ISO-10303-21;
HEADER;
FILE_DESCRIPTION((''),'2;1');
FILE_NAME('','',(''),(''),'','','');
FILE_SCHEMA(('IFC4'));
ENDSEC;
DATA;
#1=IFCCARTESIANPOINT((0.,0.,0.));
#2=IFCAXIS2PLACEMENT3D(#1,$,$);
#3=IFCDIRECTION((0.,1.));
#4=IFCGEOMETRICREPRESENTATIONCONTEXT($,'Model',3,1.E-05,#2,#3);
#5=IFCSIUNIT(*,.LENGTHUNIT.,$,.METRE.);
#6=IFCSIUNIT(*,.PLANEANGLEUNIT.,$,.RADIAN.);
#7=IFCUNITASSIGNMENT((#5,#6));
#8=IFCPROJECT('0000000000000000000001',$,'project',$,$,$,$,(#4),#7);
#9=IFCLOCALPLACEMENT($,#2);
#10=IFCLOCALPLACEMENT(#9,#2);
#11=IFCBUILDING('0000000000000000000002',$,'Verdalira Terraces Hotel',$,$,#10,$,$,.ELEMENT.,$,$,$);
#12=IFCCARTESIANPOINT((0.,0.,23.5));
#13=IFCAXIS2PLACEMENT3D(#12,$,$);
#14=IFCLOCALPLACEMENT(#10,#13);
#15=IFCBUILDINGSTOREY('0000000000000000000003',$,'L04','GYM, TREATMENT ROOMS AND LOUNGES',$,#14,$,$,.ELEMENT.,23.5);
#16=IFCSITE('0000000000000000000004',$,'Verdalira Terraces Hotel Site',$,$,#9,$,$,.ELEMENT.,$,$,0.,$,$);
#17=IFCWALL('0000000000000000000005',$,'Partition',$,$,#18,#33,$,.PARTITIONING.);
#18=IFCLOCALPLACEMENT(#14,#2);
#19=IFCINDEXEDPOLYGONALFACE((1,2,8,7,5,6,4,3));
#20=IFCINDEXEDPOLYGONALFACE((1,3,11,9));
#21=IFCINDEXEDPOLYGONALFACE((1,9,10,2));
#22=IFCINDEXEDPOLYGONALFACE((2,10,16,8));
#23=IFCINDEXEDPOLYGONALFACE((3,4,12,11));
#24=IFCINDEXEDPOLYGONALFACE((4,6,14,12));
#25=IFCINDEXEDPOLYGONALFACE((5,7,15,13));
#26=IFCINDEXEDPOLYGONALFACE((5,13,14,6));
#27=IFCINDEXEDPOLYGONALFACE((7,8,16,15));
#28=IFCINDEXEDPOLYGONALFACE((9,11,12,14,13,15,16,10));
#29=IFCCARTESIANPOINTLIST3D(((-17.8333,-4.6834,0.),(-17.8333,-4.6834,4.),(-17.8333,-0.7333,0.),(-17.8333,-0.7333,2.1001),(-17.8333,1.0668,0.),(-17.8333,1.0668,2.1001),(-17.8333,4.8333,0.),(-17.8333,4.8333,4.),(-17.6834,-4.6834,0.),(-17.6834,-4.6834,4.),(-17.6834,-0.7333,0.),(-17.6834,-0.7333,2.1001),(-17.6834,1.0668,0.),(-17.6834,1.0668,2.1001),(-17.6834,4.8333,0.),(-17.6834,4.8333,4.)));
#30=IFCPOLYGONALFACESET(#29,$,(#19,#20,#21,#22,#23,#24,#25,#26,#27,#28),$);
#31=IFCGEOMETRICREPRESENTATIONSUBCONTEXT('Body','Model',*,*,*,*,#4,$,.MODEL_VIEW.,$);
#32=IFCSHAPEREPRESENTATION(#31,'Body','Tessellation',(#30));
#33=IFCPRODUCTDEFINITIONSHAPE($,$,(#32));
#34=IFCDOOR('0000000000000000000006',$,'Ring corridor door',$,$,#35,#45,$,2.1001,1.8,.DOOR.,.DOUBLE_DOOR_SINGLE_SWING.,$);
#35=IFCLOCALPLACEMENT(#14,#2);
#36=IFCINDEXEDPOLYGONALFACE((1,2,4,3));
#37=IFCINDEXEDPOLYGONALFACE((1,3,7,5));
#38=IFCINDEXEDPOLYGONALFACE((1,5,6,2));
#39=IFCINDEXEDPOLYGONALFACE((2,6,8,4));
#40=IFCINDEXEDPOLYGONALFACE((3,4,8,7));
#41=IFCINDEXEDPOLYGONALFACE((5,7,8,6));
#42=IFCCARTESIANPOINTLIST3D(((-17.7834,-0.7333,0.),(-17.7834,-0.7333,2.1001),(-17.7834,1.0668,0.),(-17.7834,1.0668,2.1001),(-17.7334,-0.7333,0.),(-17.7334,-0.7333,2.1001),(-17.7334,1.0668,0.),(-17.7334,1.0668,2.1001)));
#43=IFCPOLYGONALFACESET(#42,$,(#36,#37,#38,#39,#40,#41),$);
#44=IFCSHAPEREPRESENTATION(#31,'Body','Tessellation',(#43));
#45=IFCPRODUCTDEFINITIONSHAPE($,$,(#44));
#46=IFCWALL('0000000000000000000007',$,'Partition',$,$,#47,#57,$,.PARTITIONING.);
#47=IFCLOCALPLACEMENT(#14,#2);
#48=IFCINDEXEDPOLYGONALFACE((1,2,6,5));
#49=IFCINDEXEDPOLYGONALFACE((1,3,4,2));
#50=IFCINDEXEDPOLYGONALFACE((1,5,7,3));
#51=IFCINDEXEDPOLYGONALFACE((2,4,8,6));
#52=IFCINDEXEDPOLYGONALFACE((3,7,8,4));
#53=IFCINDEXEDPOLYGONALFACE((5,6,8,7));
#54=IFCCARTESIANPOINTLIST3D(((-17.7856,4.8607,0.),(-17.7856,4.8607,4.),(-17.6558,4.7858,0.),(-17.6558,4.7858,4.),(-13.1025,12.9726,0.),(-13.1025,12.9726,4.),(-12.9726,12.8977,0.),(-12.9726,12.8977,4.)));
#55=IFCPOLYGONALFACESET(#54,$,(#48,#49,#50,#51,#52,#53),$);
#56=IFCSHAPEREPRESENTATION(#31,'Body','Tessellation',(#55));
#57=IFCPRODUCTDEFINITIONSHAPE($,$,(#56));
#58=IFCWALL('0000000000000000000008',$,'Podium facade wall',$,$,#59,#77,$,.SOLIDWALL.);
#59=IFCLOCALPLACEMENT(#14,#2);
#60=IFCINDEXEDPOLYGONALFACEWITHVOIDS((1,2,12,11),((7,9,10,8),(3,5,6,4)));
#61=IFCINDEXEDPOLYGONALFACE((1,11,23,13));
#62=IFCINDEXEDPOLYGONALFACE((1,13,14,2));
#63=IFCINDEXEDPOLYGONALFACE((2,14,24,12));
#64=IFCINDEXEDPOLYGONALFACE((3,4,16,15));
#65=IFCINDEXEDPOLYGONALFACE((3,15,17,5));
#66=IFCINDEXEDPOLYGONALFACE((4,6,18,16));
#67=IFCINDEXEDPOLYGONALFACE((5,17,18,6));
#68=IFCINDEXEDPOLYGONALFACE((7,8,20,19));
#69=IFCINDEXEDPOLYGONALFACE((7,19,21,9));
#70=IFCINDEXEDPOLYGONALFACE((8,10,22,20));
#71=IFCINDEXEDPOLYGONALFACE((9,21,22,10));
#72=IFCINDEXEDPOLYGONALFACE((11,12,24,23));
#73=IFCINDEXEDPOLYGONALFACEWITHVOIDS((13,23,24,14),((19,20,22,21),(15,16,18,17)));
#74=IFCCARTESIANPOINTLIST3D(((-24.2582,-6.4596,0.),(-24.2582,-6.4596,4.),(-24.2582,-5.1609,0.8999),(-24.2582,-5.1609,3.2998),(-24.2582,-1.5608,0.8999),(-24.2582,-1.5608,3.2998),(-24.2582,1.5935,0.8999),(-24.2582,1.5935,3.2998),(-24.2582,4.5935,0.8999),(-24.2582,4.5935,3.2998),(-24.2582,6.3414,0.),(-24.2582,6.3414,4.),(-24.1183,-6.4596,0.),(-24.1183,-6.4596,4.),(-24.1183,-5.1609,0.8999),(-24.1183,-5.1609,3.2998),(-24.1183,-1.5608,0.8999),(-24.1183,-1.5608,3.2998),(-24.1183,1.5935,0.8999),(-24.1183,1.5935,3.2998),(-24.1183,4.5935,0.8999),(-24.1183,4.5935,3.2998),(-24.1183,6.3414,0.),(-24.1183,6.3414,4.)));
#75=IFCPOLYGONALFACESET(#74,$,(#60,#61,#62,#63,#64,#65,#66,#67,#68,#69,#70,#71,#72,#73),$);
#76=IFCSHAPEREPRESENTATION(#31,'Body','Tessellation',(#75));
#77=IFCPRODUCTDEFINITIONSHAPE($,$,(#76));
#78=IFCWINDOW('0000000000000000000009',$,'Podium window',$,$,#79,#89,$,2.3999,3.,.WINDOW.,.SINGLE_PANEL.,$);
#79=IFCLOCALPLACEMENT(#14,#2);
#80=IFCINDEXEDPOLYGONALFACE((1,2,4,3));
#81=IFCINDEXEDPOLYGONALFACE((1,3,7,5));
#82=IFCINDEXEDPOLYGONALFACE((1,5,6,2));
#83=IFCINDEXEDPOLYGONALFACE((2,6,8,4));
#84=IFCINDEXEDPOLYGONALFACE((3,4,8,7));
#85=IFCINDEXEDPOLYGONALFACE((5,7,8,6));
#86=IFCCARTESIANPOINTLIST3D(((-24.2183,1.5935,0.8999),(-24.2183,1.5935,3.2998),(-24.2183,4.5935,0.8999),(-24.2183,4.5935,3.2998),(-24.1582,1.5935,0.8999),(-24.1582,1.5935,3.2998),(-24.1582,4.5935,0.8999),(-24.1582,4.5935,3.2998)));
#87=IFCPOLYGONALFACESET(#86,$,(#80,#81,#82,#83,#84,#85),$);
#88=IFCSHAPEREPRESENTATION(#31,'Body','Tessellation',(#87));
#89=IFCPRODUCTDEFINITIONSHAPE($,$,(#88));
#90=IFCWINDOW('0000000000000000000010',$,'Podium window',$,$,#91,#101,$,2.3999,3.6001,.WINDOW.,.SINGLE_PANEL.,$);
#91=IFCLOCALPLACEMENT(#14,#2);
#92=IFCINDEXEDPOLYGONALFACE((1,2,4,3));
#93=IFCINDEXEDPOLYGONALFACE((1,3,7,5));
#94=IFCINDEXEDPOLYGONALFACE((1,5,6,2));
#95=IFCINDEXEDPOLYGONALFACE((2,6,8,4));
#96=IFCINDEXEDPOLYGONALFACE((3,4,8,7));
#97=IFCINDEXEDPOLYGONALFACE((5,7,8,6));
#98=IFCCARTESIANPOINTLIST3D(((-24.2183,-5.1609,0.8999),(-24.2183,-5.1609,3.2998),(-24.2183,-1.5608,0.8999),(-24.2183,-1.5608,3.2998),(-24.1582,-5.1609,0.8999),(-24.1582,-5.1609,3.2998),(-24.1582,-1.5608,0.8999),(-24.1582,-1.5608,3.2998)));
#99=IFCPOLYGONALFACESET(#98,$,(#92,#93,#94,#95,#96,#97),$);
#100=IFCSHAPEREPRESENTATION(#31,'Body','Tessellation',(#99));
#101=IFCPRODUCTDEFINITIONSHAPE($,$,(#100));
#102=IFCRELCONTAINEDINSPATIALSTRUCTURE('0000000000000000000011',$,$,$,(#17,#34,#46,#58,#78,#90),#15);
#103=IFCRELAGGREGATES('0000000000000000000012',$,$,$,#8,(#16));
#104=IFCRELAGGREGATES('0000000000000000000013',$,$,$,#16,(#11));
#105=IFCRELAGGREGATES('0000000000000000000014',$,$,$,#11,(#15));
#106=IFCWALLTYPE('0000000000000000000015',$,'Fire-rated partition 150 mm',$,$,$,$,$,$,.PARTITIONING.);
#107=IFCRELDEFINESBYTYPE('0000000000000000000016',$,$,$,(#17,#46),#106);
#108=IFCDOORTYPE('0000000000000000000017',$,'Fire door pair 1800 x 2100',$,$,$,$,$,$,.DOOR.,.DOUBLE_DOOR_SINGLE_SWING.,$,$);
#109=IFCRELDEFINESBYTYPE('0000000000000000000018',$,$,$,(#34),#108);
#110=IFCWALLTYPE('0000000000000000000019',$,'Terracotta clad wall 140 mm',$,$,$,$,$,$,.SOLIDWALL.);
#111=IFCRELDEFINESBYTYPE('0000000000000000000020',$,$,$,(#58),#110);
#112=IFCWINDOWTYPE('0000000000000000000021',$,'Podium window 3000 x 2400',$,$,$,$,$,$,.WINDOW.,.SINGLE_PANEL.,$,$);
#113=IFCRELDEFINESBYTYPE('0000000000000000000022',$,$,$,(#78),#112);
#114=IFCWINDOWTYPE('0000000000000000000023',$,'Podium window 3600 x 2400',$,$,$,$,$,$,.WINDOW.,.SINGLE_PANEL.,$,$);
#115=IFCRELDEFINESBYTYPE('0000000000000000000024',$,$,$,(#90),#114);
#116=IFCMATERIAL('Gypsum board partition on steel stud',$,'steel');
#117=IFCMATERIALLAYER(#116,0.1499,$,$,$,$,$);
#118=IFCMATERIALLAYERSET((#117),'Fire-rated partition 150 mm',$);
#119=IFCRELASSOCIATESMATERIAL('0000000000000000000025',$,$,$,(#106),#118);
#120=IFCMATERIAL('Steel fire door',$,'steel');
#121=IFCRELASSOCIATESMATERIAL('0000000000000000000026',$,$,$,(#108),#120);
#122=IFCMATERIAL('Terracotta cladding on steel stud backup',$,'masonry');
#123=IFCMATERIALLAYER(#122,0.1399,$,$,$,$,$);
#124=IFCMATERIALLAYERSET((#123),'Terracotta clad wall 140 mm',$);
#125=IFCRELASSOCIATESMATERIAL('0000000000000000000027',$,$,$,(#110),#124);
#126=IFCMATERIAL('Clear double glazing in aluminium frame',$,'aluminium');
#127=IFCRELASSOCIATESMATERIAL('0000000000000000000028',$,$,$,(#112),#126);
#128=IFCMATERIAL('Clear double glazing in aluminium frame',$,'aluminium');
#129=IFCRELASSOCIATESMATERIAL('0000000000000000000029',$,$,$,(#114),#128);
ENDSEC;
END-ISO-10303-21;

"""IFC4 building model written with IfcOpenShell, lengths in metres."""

from ifc_helpers import new_model, si_unit, direction, frame, frame_2d, origin, place, context, subcontext, project, spatial, rectangle, extrude, material, layer, layer_set, type_object, element, fill, save


model = new_model("IFC4")

# Units and contexts
model_context = context("Model", 3, precision=1e-05, world=origin(), true_north=direction((0.0, 1.0)))
body_context = subcontext(model_context, "Body", "Model", "MODEL_VIEW")
ifc_project = project(units=[si_unit("LENGTHUNIT", "METRE"), si_unit("PLANEANGLEUNIT", "RADIAN")], contexts=[model_context])

# Site, building, storey
site_placement = place(None, origin())
site = spatial("IfcSite", under=ifc_project, at=site_placement, Name="Verdalira Terraces Hotel Site", CompositionType="ELEMENT", RefElevation=0.0)
building_placement = place(site_placement, origin())
building = spatial("IfcBuilding", under=site, at=building_placement, Name="Verdalira Terraces Hotel", CompositionType="ELEMENT")
storey_placement = place(building_placement, frame((0.0, 0.0, 23.5)))
storey = spatial("IfcBuildingStorey", under=building, at=storey_placement, Name="L04", Description="GYM, TREATMENT ROOMS AND LOUNGES", CompositionType="ELEMENT", Elevation=23.5)

# Wall, opening, door
ifc_material_1 = material(Name="Gypsum board partition on steel stud", Category="steel")
ifc_layer_1 = layer(ifc_material_1, 0.1499)
ifc_layer_set_1 = layer_set([ifc_layer_1], Name="Fire-rated partition 150 mm")
wall_type_1 = type_object("IfcWallType", Name="Fire-rated partition 150 mm", PredefinedType="PARTITIONING", material=ifc_layer_set_1)
wall_1_placement = place(storey_placement, frame((-17.7583, 4.8333, 0.0), z_axis=(0.0, 0.0, 1.0), x_axis=(0.0, -1.0, 0.0)))
wall_1 = element("IfcWall", 1, at=wall_1_placement, inside=storey, type_object=wall_type_1, Name="Partition", PredefinedType="PARTITIONING", context=body_context, shape_type="SweptSolid", body=[
    extrude(rectangle(XDim=9.5166, YDim=0.1499, at=frame_2d((4.7583, 0.0))), origin(), (0.0, 0.0, 1.0), 4.0),
])
opening_1_placement = place(wall_1_placement, frame((3.7666, 0.0, 0.0)))
opening_1 = element("IfcOpeningElement", 2, at=opening_1_placement, cuts=wall_1, PredefinedType="OPENING", context=body_context, shape_type="SweptSolid", body=[
    extrude(rectangle(XDim=1.8, YDim=2.1001, at=frame_2d((0.8999, 1.05))), frame((0.0, 0.085, 0.0), z_axis=(0.0, -1.0, 0.0), x_axis=(1.0, 0.0, 0.0)), (0.0, 0.0, 1.0), 0.1699),
])
ifc_material_2 = material(Name="Steel fire door", Category="steel")
door_type_1 = type_object("IfcDoorType", Name="Fire door pair 1800 x 2100", OperationType="DOUBLE_DOOR_SINGLE_SWING", PredefinedType="DOOR", material=ifc_material_2)
door_1_placement = place(opening_1_placement, origin())
door_1 = element("IfcDoor", 3, at=door_1_placement, inside=storey, type_object=door_type_1, Name="Ring corridor door", OperationType="DOUBLE_DOOR_SINGLE_SWING", OverallHeight=2.1001, OverallWidth=1.8, PredefinedType="DOOR", context=body_context, shape_type="SweptSolid", body=[
    extrude(rectangle(XDim=1.8, YDim=2.1001, at=frame_2d((0.8999, 1.05))), frame((0.0, 0.0249, 0.0), z_axis=(0.0, -1.0, 0.0), x_axis=(1.0, 0.0, 0.0)), (0.0, 0.0, 1.0), 0.05),
])
fill(opening_1, door_1)

# Wall
wall_2_placement = place(storey_placement, frame((-17.7207, 4.8232, 0.0), z_axis=(0.0, 0.0, 1.0), x_axis=(0.49998, 0.866037, 0.0)))
element("IfcWall", 4, at=wall_2_placement, inside=storey, type_object=wall_type_1, Name="Partition", PredefinedType="PARTITIONING", context=body_context, shape_type="SweptSolid", body=[
    extrude(rectangle(XDim=9.3667, YDim=0.1499, at=frame_2d((4.6833, 0.0))), origin(), (0.0, 0.0, 1.0), 4.0),
])

# Wall, openings, windows
ifc_material_3 = material(Name="Terracotta cladding on steel stud backup", Category="masonry")
ifc_layer_2 = layer(ifc_material_3, 0.1399)
ifc_layer_set_2 = layer_set([ifc_layer_2], Name="Terracotta clad wall 140 mm")
wall_type_2 = type_object("IfcWallType", Name="Terracotta clad wall 140 mm", PredefinedType="SOLIDWALL", material=ifc_layer_set_2)
wall_3_placement = place(storey_placement, frame((-24.1882, 6.3413, 0.0), z_axis=(0.0, 0.0, 1.0), x_axis=(0.0, -1.0, 0.0)))
wall_3 = element("IfcWall", 5, at=wall_3_placement, inside=storey, type_object=wall_type_2, Name="Podium facade wall", PredefinedType="SOLIDWALL", context=body_context, shape_type="SweptSolid", body=[
    extrude(rectangle(XDim=12.801, YDim=0.1399, at=frame_2d((6.4004, 0.0))), origin(), (0.0, 0.0, 1.0), 4.0),
])
opening_2_placement = place(wall_3_placement, frame((1.7478, 0.0, 0.8999)))
opening_2 = element("IfcOpeningElement", 6, at=opening_2_placement, cuts=wall_3, PredefinedType="OPENING", context=body_context, shape_type="SweptSolid", body=[
    extrude(rectangle(XDim=3.0, YDim=2.3999, at=frame_2d((1.5, 1.2))), frame((0.0, 0.0798, 0.0), z_axis=(0.0, -1.0, 0.0), x_axis=(1.0, 0.0, 0.0)), (0.0, 0.0, 1.0), 0.1599),
])
opening_3_placement = place(wall_3_placement, frame((7.9021, 0.0, 0.8999)))
opening_3 = element("IfcOpeningElement", 7, at=opening_3_placement, cuts=wall_3, PredefinedType="OPENING", context=body_context, shape_type="SweptSolid", body=[
    extrude(rectangle(XDim=3.6001, YDim=2.3999, at=frame_2d((1.8, 1.2))), frame((0.0, 0.0798, 0.0), z_axis=(0.0, -1.0, 0.0), x_axis=(1.0, 0.0, 0.0)), (0.0, 0.0, 1.0), 0.1599),
])
ifc_material_4 = material(Name="Clear double glazing in aluminium frame", Category="aluminium")
window_type_1 = type_object("IfcWindowType", Name="Podium window 3000 x 2400", PartitioningType="SINGLE_PANEL", PredefinedType="WINDOW", material=ifc_material_4)
window_1_placement = place(opening_2_placement, origin())
window_1 = element("IfcWindow", 8, at=window_1_placement, inside=storey, type_object=window_type_1, Name="Podium window", OverallHeight=2.3999, OverallWidth=3.0, PartitioningType="SINGLE_PANEL", PredefinedType="WINDOW", context=body_context, shape_type="SweptSolid", body=[
    extrude(rectangle(XDim=3.0, YDim=2.3999, at=frame_2d((1.5, 1.2))), frame((0.0, 0.03, 0.0), z_axis=(0.0, -1.0, 0.0), x_axis=(1.0, 0.0, 0.0)), (0.0, 0.0, 1.0), 0.0601),
])
fill(opening_2, window_1)
ifc_material_5 = material(Name="Clear double glazing in aluminium frame", Category="aluminium")
window_type_2 = type_object("IfcWindowType", Name="Podium window 3600 x 2400", PartitioningType="SINGLE_PANEL", PredefinedType="WINDOW", material=ifc_material_5)
window_2_placement = place(opening_3_placement, origin())
window_2 = element("IfcWindow", 9, at=window_2_placement, inside=storey, type_object=window_type_2, Name="Podium window", OverallHeight=2.3999, OverallWidth=3.6001, PartitioningType="SINGLE_PANEL", PredefinedType="WINDOW", context=body_context, shape_type="SweptSolid", body=[
    extrude(rectangle(XDim=3.6001, YDim=2.3999, at=frame_2d((1.8, 1.2))), frame((0.0, 0.03, 0.0), z_axis=(0.0, -1.0, 0.0), x_axis=(1.0, 0.0, 0.0)), (0.0, 0.0, 1.0), 0.0601),
])
fill(opening_3, window_2)

save(model, "model.ifc")
